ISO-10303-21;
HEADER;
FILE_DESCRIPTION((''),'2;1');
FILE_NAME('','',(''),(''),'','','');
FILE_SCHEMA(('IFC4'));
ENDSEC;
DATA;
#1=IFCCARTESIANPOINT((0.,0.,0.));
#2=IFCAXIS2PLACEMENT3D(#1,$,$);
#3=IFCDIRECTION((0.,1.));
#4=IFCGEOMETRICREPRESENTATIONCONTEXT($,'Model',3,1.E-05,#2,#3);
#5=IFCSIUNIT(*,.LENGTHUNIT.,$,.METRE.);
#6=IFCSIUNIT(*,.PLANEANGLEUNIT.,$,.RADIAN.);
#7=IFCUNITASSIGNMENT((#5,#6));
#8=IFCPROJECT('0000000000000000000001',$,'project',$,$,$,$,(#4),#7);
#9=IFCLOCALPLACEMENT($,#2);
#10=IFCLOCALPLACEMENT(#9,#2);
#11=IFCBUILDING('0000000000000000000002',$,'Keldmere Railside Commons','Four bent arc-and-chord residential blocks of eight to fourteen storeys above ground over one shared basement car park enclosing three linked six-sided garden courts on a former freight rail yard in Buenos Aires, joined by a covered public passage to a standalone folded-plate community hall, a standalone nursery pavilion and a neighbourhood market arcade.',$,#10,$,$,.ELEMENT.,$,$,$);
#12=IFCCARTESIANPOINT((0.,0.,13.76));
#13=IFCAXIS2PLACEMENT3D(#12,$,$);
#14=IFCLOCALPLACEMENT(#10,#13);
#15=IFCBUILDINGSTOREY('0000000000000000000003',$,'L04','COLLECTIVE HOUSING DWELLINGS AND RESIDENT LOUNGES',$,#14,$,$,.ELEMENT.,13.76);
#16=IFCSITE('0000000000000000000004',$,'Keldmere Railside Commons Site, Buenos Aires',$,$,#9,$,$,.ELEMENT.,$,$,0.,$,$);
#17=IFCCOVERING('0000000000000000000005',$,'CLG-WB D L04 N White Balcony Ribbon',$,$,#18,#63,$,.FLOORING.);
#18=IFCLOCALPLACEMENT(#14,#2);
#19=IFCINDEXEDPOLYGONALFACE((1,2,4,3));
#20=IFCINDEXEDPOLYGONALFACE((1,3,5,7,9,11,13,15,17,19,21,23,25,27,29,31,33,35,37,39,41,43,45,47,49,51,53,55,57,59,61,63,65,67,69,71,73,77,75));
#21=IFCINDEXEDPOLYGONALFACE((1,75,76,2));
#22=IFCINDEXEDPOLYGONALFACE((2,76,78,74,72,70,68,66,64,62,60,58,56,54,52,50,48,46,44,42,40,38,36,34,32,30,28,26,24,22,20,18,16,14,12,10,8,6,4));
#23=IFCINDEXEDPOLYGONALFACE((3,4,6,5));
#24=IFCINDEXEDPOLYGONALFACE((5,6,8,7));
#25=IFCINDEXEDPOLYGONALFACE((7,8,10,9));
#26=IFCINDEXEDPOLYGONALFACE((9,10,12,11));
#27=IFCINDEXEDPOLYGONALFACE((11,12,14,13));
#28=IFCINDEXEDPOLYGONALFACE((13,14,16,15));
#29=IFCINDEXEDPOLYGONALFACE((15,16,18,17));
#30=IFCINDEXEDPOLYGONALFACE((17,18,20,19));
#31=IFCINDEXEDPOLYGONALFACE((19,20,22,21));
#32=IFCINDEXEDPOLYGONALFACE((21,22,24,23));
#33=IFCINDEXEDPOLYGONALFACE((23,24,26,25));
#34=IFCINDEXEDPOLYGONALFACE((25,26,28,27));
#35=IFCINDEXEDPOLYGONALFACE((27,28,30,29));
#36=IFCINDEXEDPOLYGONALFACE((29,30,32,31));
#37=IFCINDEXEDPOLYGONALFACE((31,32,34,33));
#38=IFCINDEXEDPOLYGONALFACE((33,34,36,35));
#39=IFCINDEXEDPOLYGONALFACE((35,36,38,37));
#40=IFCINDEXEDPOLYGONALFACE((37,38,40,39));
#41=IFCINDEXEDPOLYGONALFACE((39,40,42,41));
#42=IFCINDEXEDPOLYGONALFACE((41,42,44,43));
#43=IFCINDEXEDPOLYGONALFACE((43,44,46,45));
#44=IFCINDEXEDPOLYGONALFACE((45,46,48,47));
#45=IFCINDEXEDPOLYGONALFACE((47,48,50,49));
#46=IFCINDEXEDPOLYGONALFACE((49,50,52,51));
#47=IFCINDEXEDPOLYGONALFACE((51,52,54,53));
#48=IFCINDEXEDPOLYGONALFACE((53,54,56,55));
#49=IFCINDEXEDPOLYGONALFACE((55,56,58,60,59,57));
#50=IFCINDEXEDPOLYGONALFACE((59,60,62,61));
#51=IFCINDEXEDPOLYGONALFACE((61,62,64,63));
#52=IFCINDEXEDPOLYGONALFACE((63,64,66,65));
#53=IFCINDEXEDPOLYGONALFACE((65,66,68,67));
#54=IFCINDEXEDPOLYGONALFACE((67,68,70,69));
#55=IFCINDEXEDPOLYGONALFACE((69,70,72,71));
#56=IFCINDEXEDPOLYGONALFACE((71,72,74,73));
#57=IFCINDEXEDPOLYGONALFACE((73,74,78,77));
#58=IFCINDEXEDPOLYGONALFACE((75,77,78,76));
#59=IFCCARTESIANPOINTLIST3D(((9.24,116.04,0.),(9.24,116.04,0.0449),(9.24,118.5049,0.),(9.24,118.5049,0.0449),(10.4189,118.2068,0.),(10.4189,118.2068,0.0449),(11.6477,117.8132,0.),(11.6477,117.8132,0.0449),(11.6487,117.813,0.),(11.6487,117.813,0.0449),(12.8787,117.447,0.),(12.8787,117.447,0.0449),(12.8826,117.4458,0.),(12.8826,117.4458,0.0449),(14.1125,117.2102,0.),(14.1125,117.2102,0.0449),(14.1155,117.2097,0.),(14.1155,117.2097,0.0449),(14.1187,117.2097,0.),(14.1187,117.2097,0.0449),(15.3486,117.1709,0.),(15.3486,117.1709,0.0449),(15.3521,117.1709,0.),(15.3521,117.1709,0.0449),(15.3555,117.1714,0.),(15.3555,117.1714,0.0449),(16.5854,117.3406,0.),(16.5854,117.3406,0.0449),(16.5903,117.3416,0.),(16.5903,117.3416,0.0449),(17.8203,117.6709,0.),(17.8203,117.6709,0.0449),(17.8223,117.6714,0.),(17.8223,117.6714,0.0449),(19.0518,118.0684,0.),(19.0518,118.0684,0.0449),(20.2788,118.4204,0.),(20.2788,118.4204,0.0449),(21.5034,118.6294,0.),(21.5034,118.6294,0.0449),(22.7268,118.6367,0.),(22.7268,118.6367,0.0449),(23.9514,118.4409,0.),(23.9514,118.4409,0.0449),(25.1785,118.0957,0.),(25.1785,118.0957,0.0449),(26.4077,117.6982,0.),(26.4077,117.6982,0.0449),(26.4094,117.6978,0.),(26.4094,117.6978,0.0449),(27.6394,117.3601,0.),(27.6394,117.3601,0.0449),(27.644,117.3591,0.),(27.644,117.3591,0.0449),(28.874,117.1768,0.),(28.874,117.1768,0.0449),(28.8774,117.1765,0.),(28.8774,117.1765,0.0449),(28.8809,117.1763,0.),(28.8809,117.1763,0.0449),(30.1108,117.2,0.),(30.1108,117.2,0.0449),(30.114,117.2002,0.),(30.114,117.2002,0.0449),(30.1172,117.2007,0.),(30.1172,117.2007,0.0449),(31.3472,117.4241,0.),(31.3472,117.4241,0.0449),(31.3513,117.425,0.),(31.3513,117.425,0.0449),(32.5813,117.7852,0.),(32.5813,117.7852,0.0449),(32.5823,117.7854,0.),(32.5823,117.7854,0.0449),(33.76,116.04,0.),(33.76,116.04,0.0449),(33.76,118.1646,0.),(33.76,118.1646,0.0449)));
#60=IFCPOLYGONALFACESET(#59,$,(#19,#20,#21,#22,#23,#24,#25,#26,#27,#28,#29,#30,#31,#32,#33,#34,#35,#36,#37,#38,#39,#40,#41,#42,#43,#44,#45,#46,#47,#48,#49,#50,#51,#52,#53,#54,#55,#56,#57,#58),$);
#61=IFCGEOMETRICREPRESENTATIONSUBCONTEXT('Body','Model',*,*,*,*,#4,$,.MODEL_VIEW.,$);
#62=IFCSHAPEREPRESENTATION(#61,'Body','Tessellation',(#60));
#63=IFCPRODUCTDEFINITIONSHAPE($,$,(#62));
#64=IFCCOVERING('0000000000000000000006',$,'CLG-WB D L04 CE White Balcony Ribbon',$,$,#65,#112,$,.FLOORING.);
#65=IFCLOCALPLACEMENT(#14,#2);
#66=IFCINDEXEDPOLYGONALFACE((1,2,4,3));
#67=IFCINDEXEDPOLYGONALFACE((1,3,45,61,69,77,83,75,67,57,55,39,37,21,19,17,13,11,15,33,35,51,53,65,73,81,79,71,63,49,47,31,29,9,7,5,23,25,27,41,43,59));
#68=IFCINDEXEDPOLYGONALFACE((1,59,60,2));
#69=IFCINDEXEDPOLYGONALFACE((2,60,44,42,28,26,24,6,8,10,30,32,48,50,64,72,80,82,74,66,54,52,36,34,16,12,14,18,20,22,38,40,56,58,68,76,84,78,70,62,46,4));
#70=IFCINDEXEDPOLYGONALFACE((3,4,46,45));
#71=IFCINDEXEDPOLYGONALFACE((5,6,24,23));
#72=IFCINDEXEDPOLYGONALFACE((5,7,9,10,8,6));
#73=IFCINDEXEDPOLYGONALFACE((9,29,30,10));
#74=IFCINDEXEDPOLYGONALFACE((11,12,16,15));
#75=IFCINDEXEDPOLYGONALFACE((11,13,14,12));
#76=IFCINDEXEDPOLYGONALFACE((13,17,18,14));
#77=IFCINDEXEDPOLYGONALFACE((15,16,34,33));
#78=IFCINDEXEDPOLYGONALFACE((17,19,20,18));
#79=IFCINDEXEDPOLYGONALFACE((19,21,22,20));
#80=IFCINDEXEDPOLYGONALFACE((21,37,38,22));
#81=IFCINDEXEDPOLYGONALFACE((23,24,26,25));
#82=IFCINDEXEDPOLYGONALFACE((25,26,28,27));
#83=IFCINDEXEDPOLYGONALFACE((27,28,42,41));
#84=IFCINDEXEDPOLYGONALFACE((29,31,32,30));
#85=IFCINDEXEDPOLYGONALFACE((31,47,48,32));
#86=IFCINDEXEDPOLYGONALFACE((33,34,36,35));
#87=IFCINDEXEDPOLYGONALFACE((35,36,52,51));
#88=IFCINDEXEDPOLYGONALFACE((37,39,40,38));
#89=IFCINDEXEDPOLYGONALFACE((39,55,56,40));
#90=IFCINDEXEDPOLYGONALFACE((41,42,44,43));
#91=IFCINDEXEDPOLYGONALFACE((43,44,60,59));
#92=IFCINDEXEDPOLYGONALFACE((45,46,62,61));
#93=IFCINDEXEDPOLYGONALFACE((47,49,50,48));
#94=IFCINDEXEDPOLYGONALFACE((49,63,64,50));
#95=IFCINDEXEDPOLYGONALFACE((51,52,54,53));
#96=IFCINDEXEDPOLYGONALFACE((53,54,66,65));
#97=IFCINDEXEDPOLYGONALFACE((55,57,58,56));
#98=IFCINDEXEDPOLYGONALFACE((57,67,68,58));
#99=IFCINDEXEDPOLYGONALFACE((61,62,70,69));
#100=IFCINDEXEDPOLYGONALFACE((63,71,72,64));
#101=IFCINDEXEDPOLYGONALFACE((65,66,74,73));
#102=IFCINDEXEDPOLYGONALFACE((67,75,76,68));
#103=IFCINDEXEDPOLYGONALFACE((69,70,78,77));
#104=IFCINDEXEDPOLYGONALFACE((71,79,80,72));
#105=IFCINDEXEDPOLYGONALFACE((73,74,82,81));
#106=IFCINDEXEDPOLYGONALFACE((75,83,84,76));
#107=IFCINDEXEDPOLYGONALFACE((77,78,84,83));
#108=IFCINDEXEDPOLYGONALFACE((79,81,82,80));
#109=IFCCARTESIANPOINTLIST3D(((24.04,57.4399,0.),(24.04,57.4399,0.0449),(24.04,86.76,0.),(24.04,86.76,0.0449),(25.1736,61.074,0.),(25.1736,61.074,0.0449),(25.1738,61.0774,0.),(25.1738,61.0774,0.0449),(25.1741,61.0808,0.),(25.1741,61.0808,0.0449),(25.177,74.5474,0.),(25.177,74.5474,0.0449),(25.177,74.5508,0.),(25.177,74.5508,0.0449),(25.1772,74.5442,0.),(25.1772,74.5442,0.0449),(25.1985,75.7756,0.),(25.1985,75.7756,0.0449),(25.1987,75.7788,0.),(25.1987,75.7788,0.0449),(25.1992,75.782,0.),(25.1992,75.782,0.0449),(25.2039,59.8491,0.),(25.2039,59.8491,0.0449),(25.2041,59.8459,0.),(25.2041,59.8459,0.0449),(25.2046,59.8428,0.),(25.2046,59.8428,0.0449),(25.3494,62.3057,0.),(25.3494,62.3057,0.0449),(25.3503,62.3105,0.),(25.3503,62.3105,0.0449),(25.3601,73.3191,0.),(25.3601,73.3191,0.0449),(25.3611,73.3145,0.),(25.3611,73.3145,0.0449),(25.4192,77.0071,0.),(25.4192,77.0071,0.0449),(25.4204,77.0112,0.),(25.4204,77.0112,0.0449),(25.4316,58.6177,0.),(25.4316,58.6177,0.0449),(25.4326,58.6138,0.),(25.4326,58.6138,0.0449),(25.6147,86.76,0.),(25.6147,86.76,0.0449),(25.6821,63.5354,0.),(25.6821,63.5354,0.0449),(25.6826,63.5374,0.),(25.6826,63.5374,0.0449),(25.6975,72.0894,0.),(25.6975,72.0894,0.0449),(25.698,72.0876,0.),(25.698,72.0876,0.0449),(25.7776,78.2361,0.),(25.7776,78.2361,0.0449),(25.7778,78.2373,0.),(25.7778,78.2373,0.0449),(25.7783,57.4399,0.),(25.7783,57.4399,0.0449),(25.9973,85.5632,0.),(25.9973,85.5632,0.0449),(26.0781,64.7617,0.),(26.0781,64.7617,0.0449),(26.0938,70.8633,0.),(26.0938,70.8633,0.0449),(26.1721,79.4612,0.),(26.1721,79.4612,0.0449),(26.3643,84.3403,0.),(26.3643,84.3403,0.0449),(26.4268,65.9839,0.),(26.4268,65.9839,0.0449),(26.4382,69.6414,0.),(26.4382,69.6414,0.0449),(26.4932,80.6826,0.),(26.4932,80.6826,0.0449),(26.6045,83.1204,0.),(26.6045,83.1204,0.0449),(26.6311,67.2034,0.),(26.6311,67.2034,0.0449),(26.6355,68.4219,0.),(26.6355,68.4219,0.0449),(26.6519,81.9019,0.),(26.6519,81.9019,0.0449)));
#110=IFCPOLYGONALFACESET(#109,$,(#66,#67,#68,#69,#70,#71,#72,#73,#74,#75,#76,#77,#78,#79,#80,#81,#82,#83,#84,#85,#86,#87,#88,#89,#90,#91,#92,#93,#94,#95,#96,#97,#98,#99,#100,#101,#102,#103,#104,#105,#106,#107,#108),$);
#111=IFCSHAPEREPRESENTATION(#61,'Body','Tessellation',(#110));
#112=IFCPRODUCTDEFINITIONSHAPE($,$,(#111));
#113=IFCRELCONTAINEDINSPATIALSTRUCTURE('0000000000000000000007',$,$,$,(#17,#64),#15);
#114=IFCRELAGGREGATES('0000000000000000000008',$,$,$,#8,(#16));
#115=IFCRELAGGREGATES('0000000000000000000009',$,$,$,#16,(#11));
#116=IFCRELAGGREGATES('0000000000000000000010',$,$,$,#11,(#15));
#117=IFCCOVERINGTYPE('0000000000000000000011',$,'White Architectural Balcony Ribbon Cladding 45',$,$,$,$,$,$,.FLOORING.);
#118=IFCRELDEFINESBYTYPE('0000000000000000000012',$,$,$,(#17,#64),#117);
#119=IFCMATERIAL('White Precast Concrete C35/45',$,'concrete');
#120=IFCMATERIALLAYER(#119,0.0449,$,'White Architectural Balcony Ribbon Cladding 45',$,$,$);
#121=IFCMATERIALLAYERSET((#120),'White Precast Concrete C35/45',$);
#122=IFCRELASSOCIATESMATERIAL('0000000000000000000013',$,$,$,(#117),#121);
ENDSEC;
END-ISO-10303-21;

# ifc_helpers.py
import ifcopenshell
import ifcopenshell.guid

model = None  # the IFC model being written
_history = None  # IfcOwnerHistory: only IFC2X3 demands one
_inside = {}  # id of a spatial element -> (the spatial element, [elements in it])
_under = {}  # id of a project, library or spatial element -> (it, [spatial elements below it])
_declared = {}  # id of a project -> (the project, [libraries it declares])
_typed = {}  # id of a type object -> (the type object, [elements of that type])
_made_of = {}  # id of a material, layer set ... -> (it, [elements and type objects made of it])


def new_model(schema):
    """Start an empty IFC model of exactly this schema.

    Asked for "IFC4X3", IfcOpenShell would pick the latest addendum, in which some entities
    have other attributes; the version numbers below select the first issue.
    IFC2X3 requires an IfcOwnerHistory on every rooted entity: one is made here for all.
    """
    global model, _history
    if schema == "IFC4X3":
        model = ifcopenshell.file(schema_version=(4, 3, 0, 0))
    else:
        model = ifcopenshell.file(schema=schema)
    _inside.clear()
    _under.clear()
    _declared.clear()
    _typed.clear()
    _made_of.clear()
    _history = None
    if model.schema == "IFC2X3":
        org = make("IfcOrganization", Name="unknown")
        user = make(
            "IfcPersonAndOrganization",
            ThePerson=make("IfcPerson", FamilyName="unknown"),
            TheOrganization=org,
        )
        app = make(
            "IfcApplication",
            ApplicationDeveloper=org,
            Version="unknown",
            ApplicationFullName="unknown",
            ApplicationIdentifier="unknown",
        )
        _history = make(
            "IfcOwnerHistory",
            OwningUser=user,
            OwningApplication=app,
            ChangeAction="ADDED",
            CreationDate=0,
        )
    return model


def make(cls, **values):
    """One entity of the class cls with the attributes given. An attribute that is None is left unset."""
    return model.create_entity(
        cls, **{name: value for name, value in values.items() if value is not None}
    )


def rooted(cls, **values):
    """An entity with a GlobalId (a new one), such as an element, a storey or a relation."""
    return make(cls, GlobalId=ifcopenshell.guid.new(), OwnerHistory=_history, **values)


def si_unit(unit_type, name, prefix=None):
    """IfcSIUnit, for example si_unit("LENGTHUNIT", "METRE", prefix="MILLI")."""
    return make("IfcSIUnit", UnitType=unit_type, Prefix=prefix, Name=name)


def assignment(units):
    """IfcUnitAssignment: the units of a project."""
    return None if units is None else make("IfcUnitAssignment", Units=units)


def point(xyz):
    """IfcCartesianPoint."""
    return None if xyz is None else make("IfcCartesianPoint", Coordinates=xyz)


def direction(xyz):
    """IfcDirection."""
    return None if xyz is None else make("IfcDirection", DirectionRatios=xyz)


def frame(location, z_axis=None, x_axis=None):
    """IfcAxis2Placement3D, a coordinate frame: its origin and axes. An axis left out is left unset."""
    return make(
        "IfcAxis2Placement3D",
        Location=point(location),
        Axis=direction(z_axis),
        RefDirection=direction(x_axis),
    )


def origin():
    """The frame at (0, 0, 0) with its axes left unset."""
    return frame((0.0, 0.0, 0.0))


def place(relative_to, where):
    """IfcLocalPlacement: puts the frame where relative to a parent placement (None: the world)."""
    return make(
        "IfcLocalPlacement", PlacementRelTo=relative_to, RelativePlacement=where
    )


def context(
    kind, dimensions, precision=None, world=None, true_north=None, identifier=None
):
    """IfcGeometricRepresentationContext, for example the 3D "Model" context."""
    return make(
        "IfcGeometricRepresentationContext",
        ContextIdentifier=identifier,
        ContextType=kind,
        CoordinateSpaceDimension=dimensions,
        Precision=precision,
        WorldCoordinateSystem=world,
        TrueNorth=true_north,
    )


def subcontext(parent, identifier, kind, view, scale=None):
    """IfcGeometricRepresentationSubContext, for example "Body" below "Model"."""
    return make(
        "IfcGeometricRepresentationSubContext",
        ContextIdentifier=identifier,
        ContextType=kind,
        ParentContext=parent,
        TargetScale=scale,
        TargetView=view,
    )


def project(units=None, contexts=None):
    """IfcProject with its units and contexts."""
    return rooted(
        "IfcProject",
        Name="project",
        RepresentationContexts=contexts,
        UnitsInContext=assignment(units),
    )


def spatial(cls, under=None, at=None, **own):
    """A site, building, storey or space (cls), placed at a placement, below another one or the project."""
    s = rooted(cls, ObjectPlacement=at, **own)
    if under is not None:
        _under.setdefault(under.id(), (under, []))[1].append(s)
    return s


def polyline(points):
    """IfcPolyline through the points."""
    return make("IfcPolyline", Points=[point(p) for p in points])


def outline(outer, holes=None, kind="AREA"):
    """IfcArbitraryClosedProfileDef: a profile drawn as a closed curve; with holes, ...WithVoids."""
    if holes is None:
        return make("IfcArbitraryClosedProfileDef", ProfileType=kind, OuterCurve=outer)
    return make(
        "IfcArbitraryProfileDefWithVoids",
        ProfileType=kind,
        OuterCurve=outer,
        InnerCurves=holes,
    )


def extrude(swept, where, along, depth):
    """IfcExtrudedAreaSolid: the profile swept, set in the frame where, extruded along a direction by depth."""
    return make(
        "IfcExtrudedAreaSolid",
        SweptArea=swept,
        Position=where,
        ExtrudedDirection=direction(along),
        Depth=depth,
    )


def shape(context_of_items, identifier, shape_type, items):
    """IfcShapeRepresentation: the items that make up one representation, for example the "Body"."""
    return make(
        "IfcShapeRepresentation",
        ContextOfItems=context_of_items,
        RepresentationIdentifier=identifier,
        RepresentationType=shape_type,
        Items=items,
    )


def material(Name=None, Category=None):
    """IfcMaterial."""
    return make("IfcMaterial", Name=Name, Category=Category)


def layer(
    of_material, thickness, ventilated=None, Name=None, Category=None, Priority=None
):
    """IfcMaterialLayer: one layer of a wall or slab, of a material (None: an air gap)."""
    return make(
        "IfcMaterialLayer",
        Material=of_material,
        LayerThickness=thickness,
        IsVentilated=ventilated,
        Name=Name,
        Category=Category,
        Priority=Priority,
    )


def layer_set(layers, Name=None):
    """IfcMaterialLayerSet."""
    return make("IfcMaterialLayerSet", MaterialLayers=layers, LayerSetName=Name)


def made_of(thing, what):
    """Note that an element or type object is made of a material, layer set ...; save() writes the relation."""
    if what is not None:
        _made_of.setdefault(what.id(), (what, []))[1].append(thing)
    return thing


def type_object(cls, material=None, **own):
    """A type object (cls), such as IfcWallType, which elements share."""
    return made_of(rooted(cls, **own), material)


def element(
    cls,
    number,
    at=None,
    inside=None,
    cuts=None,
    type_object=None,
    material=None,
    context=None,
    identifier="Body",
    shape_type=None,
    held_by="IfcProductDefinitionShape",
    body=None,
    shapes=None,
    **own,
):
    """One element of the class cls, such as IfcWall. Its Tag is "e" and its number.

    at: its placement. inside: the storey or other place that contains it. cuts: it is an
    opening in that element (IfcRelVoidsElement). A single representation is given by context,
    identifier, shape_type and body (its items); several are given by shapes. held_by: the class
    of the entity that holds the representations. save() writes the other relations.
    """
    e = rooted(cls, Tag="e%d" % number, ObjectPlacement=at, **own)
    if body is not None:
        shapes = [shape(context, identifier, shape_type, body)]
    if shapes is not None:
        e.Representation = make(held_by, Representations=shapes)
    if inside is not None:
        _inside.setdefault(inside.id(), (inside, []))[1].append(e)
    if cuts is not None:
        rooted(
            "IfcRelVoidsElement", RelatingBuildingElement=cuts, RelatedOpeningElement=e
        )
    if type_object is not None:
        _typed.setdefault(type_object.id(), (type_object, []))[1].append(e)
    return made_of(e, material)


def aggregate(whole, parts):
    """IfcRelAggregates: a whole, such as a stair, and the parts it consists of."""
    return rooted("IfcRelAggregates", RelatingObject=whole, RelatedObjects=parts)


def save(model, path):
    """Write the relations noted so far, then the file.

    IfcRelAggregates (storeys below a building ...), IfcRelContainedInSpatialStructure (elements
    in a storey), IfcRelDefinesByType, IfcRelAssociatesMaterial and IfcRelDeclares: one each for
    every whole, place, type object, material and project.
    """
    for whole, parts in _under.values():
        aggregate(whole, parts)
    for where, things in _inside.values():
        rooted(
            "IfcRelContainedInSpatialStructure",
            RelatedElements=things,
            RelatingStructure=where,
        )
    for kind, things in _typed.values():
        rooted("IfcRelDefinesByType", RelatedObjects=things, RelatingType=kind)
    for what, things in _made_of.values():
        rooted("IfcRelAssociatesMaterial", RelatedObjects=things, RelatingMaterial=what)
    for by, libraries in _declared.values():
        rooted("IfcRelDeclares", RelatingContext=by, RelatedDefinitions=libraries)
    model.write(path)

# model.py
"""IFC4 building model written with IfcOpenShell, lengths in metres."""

from ifc_helpers import new_model, si_unit, direction, frame, origin, place, context, subcontext, project, spatial, polyline, outline, extrude, material, layer, layer_set, type_object, element, save


model = new_model("IFC4")

# Units and contexts
model_context = context("Model", 3, precision=1e-05, world=origin(), true_north=direction((0.0, 1.0)))
body_context = subcontext(model_context, "Body", "Model", "MODEL_VIEW")
ifc_project = project(units=[si_unit("LENGTHUNIT", "METRE"), si_unit("PLANEANGLEUNIT", "RADIAN")], contexts=[model_context])

# Site, building, storey
site_placement = place(None, origin())
site = spatial("IfcSite", under=ifc_project, at=site_placement, Name="Keldmere Railside Commons Site, Buenos Aires", CompositionType="ELEMENT", RefElevation=0.0)
building_placement = place(site_placement, origin())
building = spatial("IfcBuilding", under=site, at=building_placement, Name="Keldmere Railside Commons", Description="Four bent arc-and-chord residential blocks of eight to fourteen storeys above ground over one shared basement car park enclosing three linked six-sided garden courts on a former freight rail yard in Buenos Aires, joined by a covered public passage to a standalone folded-plate community hall, a standalone nursery pavilion and a neighbourhood market arcade.", CompositionType="ELEMENT")
storey_placement = place(building_placement, frame((0.0, 0.0, 13.76)))
storey = spatial("IfcBuildingStorey", under=building, at=storey_placement, Name="L04", Description="COLLECTIVE HOUSING DWELLINGS AND RESIDENT LOUNGES", CompositionType="ELEMENT", Elevation=13.76)

# Coverings
ifc_material_1 = material(Name="White Precast Concrete C35/45", Category="concrete")
ifc_layer_1 = layer(ifc_material_1, 0.0449, Name="White Architectural Balcony Ribbon Cladding 45")
ifc_layer_set_1 = layer_set([ifc_layer_1], Name="White Precast Concrete C35/45")
covering_type = type_object("IfcCoveringType", Name="White Architectural Balcony Ribbon Cladding 45", PredefinedType="FLOORING", material=ifc_layer_set_1)
covering_1_placement = place(storey_placement, origin())
element("IfcCovering", 1, at=covering_1_placement, inside=storey, type_object=covering_type, Name="CLG-WB D L04 N White Balcony Ribbon", PredefinedType="FLOORING", context=body_context, shape_type="SweptSolid", body=[
    extrude(outline(polyline([(33.76, 116.04), (33.76, 118.1646), (32.5823, 117.7854), (32.5813, 117.7852), (31.3513, 117.425), (31.3472, 117.4241), (30.1172, 117.2007), (30.114, 117.2002), (30.1108, 117.2), (28.8809, 117.1763), (28.8774, 117.1765), (28.874, 117.1768), (27.644, 117.3591), (27.6394, 117.3601), (26.4094, 117.6978), (26.4077, 117.6982), (25.1785, 118.0957), (23.9514, 118.4409), (22.7268, 118.6367), (21.5034, 118.6294), (20.2788, 118.4204), (19.0518, 118.0684), (17.8223, 117.6714), (17.8203, 117.6709), (16.5903, 117.3416), (16.5854, 117.3406), (15.3555, 117.1714), (15.3521, 117.1709), (15.3486, 117.1709), (14.1187, 117.2097), (14.1155, 117.2097), (14.1125, 117.2102), (12.8826, 117.4458), (12.8787, 117.447), (11.6487, 117.813), (11.6477, 117.8132), (10.4189, 118.2068), (9.24, 118.5049), (9.24, 116.04), (33.76, 116.04)])), origin(), (0.0, 0.0, 1.0), 0.0449),
])
covering_2_placement = place(storey_placement, origin())
element("IfcCovering", 2, at=covering_2_placement, inside=storey, type_object=covering_type, Name="CLG-WB D L04 CE White Balcony Ribbon", PredefinedType="FLOORING", context=body_context, shape_type="SweptSolid", body=[
    extrude(outline(polyline([(25.4326, 58.6138), (25.4316, 58.6177), (25.2046, 59.8428), (25.2041, 59.8459), (25.2039, 59.8491), (25.1736, 61.074), (25.1738, 61.0774), (25.1741, 61.0808), (25.3494, 62.3057), (25.3503, 62.3105), (25.6821, 63.5354), (25.6826, 63.5374), (26.0781, 64.7617), (26.4268, 65.9839), (26.6311, 67.2034), (26.6355, 68.4219), (26.4382, 69.6414), (26.0938, 70.8633), (25.698, 72.0876), (25.6975, 72.0894), (25.3611, 73.3145), (25.3601, 73.3191), (25.1772, 74.5442), (25.177, 74.5474), (25.177, 74.5508), (25.1985, 75.7756), (25.1987, 75.7788), (25.1992, 75.782), (25.4192, 77.0071), (25.4204, 77.0112), (25.7776, 78.2361), (25.7778, 78.2373), (26.1721, 79.4612), (26.4932, 80.6826), (26.6519, 81.9019), (26.6045, 83.1204), (26.3643, 84.3403), (25.9973, 85.5632), (25.6147, 86.76), (24.04, 86.76), (24.04, 57.4399), (25.7783, 57.4399), (25.4326, 58.6138)])), origin(), (0.0, 0.0, 1.0), 0.0449),
])

save(model, "model.ifc")
